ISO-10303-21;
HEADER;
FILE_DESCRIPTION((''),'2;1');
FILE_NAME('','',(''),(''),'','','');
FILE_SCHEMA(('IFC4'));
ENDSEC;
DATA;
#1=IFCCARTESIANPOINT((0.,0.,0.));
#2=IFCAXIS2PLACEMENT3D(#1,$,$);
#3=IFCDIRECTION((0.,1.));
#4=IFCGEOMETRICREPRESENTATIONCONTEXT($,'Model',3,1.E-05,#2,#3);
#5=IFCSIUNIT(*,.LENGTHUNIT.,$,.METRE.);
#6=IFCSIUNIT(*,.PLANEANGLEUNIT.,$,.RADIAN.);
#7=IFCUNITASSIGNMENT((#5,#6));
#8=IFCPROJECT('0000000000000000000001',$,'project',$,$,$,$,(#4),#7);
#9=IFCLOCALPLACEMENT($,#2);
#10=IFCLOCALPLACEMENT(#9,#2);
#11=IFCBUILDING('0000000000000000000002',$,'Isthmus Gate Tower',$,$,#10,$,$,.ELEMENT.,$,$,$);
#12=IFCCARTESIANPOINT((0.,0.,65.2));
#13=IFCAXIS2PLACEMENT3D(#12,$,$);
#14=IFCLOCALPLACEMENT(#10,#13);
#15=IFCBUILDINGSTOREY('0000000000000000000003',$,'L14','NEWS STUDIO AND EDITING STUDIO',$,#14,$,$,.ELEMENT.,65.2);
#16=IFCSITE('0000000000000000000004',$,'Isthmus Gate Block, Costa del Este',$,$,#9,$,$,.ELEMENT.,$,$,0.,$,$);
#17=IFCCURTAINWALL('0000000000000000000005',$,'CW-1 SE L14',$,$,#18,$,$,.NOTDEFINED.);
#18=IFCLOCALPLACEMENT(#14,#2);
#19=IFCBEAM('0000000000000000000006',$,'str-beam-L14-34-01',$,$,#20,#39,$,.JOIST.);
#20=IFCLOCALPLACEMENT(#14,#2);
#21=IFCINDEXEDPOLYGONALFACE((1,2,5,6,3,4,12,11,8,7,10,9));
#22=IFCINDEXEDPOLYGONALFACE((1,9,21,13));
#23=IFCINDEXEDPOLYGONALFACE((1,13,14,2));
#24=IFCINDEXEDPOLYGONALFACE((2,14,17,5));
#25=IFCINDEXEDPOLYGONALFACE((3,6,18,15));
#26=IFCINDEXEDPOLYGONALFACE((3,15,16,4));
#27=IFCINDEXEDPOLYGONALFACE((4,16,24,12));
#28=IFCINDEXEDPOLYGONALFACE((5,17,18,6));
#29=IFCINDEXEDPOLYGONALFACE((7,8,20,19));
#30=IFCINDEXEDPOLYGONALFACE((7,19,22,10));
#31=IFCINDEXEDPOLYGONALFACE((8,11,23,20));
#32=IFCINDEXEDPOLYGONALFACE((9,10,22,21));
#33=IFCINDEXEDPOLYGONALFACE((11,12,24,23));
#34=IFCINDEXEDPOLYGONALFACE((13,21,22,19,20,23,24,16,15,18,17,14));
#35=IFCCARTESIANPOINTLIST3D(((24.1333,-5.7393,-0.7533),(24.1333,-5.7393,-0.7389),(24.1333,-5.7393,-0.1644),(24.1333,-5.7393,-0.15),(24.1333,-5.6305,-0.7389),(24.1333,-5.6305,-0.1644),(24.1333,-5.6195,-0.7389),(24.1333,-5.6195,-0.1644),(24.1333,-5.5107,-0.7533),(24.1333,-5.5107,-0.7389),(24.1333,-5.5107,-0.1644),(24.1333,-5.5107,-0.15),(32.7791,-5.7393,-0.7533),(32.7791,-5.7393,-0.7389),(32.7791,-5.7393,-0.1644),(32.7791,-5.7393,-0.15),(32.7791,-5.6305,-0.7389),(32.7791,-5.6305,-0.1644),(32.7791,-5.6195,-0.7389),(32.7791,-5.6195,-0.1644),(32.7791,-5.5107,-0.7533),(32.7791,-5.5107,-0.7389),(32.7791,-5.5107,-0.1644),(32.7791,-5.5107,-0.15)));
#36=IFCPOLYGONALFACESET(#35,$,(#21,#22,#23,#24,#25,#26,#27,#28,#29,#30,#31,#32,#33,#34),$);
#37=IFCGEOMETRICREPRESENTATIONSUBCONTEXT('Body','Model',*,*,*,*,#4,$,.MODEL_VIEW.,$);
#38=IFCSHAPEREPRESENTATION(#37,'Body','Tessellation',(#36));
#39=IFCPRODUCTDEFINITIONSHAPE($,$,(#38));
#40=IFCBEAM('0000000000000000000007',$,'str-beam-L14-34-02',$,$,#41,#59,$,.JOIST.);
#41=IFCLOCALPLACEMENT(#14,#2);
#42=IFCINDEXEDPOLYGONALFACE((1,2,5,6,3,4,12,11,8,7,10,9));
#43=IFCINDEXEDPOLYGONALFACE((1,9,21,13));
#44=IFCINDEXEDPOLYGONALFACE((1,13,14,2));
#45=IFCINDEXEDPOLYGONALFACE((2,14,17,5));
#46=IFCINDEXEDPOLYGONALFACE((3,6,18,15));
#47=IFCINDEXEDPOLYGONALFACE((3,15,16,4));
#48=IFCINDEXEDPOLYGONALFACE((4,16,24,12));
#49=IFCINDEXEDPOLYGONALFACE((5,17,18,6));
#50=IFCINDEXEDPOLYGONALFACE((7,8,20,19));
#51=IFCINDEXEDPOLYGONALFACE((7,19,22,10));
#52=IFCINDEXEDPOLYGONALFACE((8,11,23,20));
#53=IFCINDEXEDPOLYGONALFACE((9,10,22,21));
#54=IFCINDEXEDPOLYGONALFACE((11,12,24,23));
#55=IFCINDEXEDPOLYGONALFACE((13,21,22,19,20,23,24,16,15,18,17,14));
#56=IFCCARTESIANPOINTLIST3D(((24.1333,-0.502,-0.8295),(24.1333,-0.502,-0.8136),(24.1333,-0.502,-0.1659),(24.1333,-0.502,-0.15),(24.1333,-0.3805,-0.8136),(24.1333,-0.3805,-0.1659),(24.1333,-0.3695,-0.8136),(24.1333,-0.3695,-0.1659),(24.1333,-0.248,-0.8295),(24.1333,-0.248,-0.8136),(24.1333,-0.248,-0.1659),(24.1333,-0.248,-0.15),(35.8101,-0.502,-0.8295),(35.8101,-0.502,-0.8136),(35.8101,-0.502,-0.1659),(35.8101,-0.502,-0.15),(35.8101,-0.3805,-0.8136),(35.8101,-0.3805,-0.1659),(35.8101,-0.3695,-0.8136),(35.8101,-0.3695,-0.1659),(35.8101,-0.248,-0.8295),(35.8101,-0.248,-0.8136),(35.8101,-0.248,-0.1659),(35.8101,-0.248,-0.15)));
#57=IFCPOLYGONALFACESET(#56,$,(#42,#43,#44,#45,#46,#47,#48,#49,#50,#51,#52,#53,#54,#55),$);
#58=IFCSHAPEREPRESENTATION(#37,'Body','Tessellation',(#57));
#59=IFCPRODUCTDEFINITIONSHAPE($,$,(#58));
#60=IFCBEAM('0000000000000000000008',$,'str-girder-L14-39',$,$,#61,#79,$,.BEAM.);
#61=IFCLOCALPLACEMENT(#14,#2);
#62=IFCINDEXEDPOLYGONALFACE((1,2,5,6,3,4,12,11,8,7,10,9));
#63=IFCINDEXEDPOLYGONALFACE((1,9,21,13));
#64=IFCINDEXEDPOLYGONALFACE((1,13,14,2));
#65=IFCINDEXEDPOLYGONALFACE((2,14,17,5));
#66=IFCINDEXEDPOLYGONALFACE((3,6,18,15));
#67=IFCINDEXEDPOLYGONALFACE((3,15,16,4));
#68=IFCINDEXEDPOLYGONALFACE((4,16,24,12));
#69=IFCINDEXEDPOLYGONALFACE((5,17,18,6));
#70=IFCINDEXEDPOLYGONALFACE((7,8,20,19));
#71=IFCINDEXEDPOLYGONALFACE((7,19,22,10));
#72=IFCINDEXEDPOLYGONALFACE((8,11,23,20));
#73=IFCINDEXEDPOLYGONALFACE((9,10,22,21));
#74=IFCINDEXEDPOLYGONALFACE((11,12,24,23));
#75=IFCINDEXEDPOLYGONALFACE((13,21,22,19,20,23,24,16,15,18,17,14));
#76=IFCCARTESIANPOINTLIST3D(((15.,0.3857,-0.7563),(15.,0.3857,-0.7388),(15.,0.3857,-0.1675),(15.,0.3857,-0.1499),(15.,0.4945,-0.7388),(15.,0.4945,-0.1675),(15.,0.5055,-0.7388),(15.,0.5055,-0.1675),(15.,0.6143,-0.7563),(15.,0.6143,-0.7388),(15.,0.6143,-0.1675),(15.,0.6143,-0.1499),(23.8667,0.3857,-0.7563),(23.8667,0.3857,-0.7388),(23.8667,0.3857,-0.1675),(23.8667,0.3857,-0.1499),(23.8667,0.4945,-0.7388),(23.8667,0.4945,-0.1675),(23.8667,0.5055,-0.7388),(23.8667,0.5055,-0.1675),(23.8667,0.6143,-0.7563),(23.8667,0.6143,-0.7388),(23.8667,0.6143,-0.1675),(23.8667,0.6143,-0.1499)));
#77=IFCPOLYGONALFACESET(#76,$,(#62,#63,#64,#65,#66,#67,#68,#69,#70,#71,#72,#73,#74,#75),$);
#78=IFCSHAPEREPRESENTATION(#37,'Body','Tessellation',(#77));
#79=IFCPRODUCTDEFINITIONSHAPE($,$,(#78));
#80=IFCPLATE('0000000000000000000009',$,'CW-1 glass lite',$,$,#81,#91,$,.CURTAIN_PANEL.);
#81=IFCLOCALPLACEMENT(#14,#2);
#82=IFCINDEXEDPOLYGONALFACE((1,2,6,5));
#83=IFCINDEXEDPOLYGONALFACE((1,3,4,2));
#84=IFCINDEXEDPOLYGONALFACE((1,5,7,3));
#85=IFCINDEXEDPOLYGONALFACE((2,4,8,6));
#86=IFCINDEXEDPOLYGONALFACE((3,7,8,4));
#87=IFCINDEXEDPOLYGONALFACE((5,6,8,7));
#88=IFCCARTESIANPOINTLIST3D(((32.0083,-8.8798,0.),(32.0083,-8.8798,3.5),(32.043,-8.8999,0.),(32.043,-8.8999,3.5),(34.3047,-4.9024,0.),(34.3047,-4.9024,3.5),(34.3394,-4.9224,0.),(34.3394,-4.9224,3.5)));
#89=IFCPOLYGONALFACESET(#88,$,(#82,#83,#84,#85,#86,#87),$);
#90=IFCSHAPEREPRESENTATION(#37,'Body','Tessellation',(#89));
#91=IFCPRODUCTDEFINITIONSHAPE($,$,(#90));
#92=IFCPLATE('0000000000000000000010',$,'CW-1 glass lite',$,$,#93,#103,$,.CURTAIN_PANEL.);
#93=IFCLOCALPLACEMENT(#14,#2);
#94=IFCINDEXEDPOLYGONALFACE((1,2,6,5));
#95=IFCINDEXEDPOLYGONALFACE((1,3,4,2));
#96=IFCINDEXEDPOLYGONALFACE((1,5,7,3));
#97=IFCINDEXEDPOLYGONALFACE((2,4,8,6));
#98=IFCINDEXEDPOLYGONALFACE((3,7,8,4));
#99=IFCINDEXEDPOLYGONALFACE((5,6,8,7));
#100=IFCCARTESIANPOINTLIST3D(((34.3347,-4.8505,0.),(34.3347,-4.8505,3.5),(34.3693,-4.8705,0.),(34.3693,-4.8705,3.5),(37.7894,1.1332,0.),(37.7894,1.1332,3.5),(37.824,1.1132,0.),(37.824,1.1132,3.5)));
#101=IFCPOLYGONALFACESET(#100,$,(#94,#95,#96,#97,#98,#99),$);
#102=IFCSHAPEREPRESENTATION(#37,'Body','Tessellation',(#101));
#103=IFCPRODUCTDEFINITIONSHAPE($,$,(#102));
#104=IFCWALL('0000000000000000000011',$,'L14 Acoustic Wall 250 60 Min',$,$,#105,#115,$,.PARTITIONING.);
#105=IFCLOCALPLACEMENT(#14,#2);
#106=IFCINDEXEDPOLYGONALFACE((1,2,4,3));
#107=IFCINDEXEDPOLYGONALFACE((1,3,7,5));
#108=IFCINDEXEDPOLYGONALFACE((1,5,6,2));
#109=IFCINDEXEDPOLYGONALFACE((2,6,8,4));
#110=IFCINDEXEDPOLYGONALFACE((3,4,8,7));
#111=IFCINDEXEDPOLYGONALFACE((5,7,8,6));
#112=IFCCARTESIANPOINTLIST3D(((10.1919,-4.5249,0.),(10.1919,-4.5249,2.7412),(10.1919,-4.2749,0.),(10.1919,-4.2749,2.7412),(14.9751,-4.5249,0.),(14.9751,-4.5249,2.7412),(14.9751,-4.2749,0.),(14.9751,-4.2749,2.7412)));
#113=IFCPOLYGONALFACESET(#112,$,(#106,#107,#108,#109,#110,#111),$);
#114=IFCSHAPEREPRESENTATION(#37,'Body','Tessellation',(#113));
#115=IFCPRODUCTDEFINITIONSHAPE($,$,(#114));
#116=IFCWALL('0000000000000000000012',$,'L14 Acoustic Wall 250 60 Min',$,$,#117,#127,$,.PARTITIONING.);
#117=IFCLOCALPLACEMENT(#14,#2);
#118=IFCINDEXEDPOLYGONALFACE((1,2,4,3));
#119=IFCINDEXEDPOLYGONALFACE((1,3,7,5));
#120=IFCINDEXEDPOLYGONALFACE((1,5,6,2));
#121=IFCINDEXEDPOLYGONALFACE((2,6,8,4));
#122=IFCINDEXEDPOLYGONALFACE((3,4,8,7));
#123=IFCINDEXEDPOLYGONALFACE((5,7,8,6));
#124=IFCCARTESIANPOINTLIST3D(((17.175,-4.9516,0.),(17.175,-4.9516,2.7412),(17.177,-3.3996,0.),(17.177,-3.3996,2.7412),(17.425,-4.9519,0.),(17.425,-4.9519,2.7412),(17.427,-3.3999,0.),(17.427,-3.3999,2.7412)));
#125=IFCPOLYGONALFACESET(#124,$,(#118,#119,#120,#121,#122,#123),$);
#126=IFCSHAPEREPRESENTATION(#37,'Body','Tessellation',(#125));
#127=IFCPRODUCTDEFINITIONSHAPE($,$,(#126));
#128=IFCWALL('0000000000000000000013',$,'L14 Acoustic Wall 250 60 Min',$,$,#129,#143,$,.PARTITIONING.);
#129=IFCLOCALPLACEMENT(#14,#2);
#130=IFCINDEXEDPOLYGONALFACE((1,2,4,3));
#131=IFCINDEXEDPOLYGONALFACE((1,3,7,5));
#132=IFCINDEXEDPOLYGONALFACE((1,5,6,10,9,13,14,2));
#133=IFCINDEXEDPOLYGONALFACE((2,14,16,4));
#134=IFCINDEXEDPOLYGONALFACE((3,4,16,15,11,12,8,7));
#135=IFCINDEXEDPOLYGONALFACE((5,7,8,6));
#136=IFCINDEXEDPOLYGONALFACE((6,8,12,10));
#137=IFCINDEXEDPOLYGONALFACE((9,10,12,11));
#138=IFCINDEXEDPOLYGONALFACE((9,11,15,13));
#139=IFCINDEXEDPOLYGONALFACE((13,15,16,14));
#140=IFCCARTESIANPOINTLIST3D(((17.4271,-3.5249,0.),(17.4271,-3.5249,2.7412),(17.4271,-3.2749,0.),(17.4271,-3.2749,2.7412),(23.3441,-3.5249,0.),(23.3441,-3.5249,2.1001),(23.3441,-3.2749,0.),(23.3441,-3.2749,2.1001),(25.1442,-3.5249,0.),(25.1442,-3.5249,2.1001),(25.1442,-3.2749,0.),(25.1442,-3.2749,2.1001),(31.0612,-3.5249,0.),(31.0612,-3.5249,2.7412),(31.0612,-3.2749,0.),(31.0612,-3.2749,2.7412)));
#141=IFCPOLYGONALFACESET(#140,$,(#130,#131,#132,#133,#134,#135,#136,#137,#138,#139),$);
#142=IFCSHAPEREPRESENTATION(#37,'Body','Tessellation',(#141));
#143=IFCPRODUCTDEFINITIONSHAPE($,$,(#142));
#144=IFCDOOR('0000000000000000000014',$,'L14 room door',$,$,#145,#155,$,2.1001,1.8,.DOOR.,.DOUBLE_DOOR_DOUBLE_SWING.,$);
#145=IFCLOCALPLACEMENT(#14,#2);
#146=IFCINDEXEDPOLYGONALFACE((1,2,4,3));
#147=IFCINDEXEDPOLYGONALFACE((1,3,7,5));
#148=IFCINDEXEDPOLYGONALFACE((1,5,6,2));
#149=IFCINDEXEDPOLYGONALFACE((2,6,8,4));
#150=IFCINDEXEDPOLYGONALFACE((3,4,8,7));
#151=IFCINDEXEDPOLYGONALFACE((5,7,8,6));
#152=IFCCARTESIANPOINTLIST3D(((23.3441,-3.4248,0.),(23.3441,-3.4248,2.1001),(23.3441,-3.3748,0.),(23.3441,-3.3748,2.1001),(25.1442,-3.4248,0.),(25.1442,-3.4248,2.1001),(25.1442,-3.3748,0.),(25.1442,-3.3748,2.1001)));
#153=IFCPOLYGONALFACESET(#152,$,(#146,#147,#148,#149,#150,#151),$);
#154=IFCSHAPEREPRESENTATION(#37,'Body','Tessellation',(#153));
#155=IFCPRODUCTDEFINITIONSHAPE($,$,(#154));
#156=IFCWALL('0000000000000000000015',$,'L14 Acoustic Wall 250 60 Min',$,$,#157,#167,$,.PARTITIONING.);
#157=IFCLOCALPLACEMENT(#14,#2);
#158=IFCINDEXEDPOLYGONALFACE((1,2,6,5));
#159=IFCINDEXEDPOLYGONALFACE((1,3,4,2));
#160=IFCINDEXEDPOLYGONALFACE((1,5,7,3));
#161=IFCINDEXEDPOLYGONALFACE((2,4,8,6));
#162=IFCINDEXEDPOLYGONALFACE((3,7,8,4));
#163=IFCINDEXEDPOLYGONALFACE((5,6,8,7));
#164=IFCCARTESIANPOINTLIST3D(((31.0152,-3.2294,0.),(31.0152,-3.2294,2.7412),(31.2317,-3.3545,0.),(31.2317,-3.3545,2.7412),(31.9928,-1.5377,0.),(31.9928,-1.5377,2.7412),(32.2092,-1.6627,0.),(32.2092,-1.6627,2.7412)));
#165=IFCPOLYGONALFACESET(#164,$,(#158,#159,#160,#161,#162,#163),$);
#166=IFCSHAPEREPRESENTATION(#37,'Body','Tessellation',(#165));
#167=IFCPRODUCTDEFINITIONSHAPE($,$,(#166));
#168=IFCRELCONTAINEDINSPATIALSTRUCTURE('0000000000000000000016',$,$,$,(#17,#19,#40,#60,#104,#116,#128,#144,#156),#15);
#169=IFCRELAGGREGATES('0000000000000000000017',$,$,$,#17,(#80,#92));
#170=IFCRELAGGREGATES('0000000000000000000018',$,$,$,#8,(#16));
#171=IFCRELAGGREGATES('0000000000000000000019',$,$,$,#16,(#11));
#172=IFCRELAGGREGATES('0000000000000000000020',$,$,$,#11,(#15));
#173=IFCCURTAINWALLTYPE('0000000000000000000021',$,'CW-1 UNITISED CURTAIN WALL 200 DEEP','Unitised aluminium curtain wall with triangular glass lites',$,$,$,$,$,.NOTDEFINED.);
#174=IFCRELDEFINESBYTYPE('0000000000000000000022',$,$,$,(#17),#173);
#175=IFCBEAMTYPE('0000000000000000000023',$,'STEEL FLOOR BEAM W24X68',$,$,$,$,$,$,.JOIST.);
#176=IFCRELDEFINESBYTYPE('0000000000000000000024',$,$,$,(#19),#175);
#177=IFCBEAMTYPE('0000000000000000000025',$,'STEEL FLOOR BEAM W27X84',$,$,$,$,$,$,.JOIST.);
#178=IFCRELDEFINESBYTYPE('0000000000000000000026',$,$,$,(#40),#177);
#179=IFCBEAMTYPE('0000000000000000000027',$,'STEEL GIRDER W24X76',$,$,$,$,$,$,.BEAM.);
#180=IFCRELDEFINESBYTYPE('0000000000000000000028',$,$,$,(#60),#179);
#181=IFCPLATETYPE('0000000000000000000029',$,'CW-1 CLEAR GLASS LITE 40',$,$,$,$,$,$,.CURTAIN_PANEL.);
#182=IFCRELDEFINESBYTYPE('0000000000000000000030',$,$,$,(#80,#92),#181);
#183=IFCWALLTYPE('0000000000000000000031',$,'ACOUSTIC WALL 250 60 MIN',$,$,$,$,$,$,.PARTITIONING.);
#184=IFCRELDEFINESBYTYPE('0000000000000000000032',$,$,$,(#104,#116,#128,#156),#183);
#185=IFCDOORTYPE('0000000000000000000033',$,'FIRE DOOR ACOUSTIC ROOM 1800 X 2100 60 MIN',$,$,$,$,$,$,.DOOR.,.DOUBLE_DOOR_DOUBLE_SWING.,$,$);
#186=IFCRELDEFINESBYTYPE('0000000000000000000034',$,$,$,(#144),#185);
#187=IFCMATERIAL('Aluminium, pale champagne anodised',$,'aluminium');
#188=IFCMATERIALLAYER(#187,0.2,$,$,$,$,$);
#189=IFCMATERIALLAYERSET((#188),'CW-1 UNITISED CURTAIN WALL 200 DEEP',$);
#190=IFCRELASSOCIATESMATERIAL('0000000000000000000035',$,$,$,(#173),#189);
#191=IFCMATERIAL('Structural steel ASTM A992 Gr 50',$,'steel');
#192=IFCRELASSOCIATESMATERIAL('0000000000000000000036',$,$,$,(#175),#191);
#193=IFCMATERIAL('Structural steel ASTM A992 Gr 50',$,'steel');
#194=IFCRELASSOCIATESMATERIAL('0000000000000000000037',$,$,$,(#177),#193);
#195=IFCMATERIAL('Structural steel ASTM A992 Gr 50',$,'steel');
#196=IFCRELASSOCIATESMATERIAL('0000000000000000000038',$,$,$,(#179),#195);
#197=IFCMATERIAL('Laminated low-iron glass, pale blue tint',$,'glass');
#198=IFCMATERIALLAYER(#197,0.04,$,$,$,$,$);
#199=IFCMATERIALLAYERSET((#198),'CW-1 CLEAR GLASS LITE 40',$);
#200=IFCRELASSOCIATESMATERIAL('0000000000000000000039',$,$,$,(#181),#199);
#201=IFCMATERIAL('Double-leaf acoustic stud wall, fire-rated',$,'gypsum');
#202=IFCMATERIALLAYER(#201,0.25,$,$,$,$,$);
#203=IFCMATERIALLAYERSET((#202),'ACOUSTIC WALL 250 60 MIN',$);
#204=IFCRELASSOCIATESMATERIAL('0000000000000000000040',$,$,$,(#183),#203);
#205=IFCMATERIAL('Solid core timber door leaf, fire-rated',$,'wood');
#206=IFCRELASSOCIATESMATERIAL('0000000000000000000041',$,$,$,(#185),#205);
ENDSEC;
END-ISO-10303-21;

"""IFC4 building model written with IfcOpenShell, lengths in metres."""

from ifc_helpers import new_model, si_unit, direction, frame, frame_2d, origin, origin_2d, place, context, subcontext, project, spatial, rectangle, i_section, extrude, material, layer, layer_set, material_profile, profile_set, type_object, element, fill, aggregate, save


model = new_model("IFC4")

# Units and contexts
model_context = context("Model", 3, precision=1e-05, world=origin(), true_north=direction((0.0, 1.0)))
body_context = subcontext(model_context, "Body", "Model", "MODEL_VIEW")
ifc_project = project(units=[si_unit("LENGTHUNIT", "METRE"), si_unit("PLANEANGLEUNIT", "RADIAN")], contexts=[model_context])

# Site, building, storey
site_placement = place(None, origin())
site = spatial("IfcSite", under=ifc_project, at=site_placement, Name="Isthmus Gate Block, Costa del Este", CompositionType="ELEMENT", RefElevation=0.0)
building_placement = place(site_placement, origin())
building = spatial("IfcBuilding", under=site, at=building_placement, Name="Isthmus Gate Tower", CompositionType="ELEMENT")
storey_placement = place(building_placement, frame((0.0, 0.0, 65.2)))
storey = spatial("IfcBuildingStorey", under=building, at=storey_placement, Name="L14", Description="NEWS STUDIO AND EDITING STUDIO", CompositionType="ELEMENT", Elevation=65.2)

# Curtain wall
ifc_material_1 = material(Name="Aluminium, pale champagne anodised", Category="aluminium")
ifc_layer_1 = layer(ifc_material_1, 0.2)
ifc_layer_set_1 = layer_set([ifc_layer_1], Name="CW-1 UNITISED CURTAIN WALL 200 DEEP")
curtain_wall_type = type_object("IfcCurtainWallType", Name="CW-1 UNITISED CURTAIN WALL 200 DEEP", Description="Unitised aluminium curtain wall with triangular glass lites", PredefinedType="NOTDEFINED", material=ifc_layer_set_1)
curtain_wall_1_placement = place(storey_placement, origin())
curtain_wall_1 = element("IfcCurtainWall", 1, at=curtain_wall_1_placement, inside=storey, type_object=curtain_wall_type, Name="CW-1 SE L14", PredefinedType="NOTDEFINED")

# Beams
ifc_material_2 = material(Name="Structural steel ASTM A992 Gr 50", Category="steel")
ifc_material_profile_1 = material_profile(ifc_material_2, i_section(OverallWidth=0.2285, OverallDepth=0.6033, WebThickness=0.011, FlangeThickness=0.0144, at=origin_2d()), Name="W24X68")
ifc_profile_set_1 = profile_set([ifc_material_profile_1], Name="Structural steel ASTM A992 Gr 50")
beam_type_1 = type_object("IfcBeamType", Name="STEEL FLOOR BEAM W24X68", PredefinedType="JOIST", material=ifc_profile_set_1)
beam_1_placement = place(storey_placement, frame((24.1333, -5.625, -0.4517), z_axis=(1.0, 0.0, 0.0), x_axis=(0.0, 1.0, 0.0)))
element("IfcBeam", 2, at=beam_1_placement, inside=storey, type_object=beam_type_1, Name="str-beam-L14-34-01", PredefinedType="JOIST", context=body_context, shape_type="SweptSolid", body=[
    extrude(i_section(OverallWidth=0.2285, OverallDepth=0.6033, WebThickness=0.011, FlangeThickness=0.0144, at=origin_2d()), origin(), (0.0, 0.0, 1.0), 8.6458),
])
ifc_material_3 = material(Name="Structural steel ASTM A992 Gr 50", Category="steel")
ifc_material_profile_2 = material_profile(ifc_material_3, i_section(OverallWidth=0.2539, OverallDepth=0.6794, WebThickness=0.011, FlangeThickness=0.0159, at=origin_2d()), Name="W27X84")
ifc_profile_set_2 = profile_set([ifc_material_profile_2], Name="Structural steel ASTM A992 Gr 50")
beam_type_2 = type_object("IfcBeamType", Name="STEEL FLOOR BEAM W27X84", PredefinedType="JOIST", material=ifc_profile_set_2)
beam_2_placement = place(storey_placement, frame((24.1333, -0.375, -0.4897), z_axis=(1.0, 0.0, 0.0), x_axis=(0.0, 1.0, 0.0)))
element("IfcBeam", 3, at=beam_2_placement, inside=storey, type_object=beam_type_2, Name="str-beam-L14-34-02", PredefinedType="JOIST", context=body_context, shape_type="SweptSolid", body=[
    extrude(i_section(OverallWidth=0.2539, OverallDepth=0.6794, WebThickness=0.011, FlangeThickness=0.0159, at=origin_2d()), origin(), (0.0, 0.0, 1.0), 11.6768),
])
ifc_material_4 = material(Name="Structural steel ASTM A992 Gr 50", Category="steel")
ifc_material_profile_3 = material_profile(ifc_material_4, i_section(OverallWidth=0.2285, OverallDepth=0.6064, WebThickness=0.011, FlangeThickness=0.0176, at=origin_2d()), Name="W24X76")
ifc_profile_set_3 = profile_set([ifc_material_profile_3], Name="Structural steel ASTM A992 Gr 50")
beam_type_3 = type_object("IfcBeamType", Name="STEEL GIRDER W24X76", PredefinedType="BEAM", material=ifc_profile_set_3)
beam_3_placement = place(storey_placement, frame((15.0, 0.5, -0.4531), z_axis=(1.0, 0.0, 0.0), x_axis=(0.0, 1.0, 0.0)))
element("IfcBeam", 4, at=beam_3_placement, inside=storey, type_object=beam_type_3, Name="str-girder-L14-39", PredefinedType="BEAM", context=body_context, shape_type="SweptSolid", body=[
    extrude(i_section(OverallWidth=0.2285, OverallDepth=0.6064, WebThickness=0.011, FlangeThickness=0.0176, at=origin_2d()), origin(), (0.0, 0.0, 1.0), 8.8667),
])

# Plates
ifc_material_5 = material(Name="Laminated low-iron glass, pale blue tint", Category="glass")
ifc_layer_2 = layer(ifc_material_5, 0.04)
ifc_layer_set_2 = layer_set([ifc_layer_2], Name="CW-1 CLEAR GLASS LITE 40")
plate_type = type_object("IfcPlateType", Name="CW-1 CLEAR GLASS LITE 40", PredefinedType="CURTAIN_PANEL", material=ifc_layer_set_2)
plate_1_placement = place(storey_placement, frame((33.1738, -6.9011, 0.0), z_axis=(0.0, 0.0, 1.0), x_axis=(0.5, 0.866025, 0.0)))
plate_1 = element("IfcPlate", 5, at=plate_1_placement, type_object=plate_type, Name="CW-1 glass lite", PredefinedType="CURTAIN_PANEL", context=body_context, shape_type="SweptSolid", body=[
    extrude(rectangle(XDim=4.5928, YDim=0.04, at=origin_2d()), origin(), (0.0, 0.0, 1.0), 3.5),
])
plate_2_placement = place(storey_placement, frame((36.0793, -1.8687, 0.0), z_axis=(0.0, 0.0, 1.0), x_axis=(0.5, 0.866025, 0.0)))
plate_2 = element("IfcPlate", 6, at=plate_2_placement, type_object=plate_type, Name="CW-1 glass lite", PredefinedType="CURTAIN_PANEL", context=body_context, shape_type="SweptSolid", body=[
    extrude(rectangle(XDim=6.9094, YDim=0.04, at=origin_2d()), origin(), (0.0, 0.0, 1.0), 3.5),
])
aggregate(curtain_wall_1, [plate_1, plate_2])

# Walls
ifc_material_6 = material(Name="Double-leaf acoustic stud wall, fire-rated", Category="gypsum")
ifc_layer_3 = layer(ifc_material_6, 0.25)
ifc_layer_set_3 = layer_set([ifc_layer_3], Name="ACOUSTIC WALL 250 60 MIN")
wall_type_1 = type_object("IfcWallType", Name="ACOUSTIC WALL 250 60 MIN", PredefinedType="PARTITIONING", material=ifc_layer_set_3)
wall_1_placement = place(storey_placement, frame((14.9751, -4.3999, 0.0), z_axis=(0.0, 0.0, 1.0), x_axis=(-1.0, 0.0, 0.0)))
element("IfcWall", 7, at=wall_1_placement, inside=storey, type_object=wall_type_1, Name="L14 Acoustic Wall 250 60 Min", PredefinedType="PARTITIONING", context=body_context, shape_type="SweptSolid", body=[
    extrude(rectangle(XDim=4.7832, YDim=0.25, at=frame_2d((2.3916, 0.0))), origin(), (0.0, 0.0, 1.0), 2.7412),
])
wall_2_placement = place(storey_placement, frame((17.302, -3.3999, 0.0), z_axis=(0.0, 0.0, 1.0), x_axis=(-0.001258, -0.999999, 0.0)))
element("IfcWall", 8, at=wall_2_placement, inside=storey, type_object=wall_type_1, Name="L14 Acoustic Wall 250 60 Min", PredefinedType="PARTITIONING", context=body_context, shape_type="SweptSolid", body=[
    extrude(rectangle(XDim=1.552, YDim=0.25, at=frame_2d((0.7759, 0.0))), origin(), (0.0, 0.0, 1.0), 2.7412),
])

# Wall, opening, door
wall_3_placement = place(storey_placement, frame((31.061, -3.3999, 0.0), z_axis=(0.0, 0.0, 1.0), x_axis=(-1.0, 0.0, 0.0)))
wall_3 = element("IfcWall", 9, at=wall_3_placement, inside=storey, type_object=wall_type_1, Name="L14 Acoustic Wall 250 60 Min", PredefinedType="PARTITIONING", context=body_context, shape_type="SweptSolid", body=[
    extrude(rectangle(XDim=13.634, YDim=0.25, at=frame_2d((6.8169, 0.0))), origin(), (0.0, 0.0, 1.0), 2.7412),
])
opening_1_placement = place(wall_3_placement, frame((5.917, 0.0, 0.0)))
opening_1 = element("IfcOpeningElement", 10, at=opening_1_placement, cuts=wall_3, PredefinedType="OPENING", context=body_context, shape_type="SweptSolid", body=[
    extrude(rectangle(XDim=1.8, YDim=2.1001, at=frame_2d((0.8999, 1.05))), frame((0.0, 0.135, 0.0), z_axis=(0.0, -1.0, 0.0), x_axis=(1.0, 0.0, 0.0)), (0.0, 0.0, 1.0), 0.27),
])
ifc_material_7 = material(Name="Solid core timber door leaf, fire-rated", Category="wood")
door_type_1 = type_object("IfcDoorType", Name="FIRE DOOR ACOUSTIC ROOM 1800 X 2100 60 MIN", OperationType="DOUBLE_DOOR_DOUBLE_SWING", PredefinedType="DOOR", material=ifc_material_7)
door_1_placement = place(opening_1_placement, origin())
door_1 = element("IfcDoor", 11, at=door_1_placement, inside=storey, type_object=door_type_1, Name="L14 room door", OperationType="DOUBLE_DOOR_DOUBLE_SWING", OverallHeight=2.1001, OverallWidth=1.8, PredefinedType="DOOR", context=body_context, shape_type="SweptSolid", body=[
    extrude(rectangle(XDim=1.8, YDim=2.1001, at=frame_2d((0.8999, 1.05))), frame((0.0, 0.0249, 0.0), z_axis=(0.0, -1.0, 0.0), x_axis=(1.0, 0.0, 0.0)), (0.0, 0.0, 1.0), 0.05),
])
fill(opening_1, door_1)

# Wall
wall_4_placement = place(storey_placement, frame((32.1011, -1.6001, 0.0), z_axis=(0.0, 0.0, 1.0), x_axis=(-0.500332, -0.865834, 0.0)))
element("IfcWall", 12, at=wall_4_placement, inside=storey, type_object=wall_type_1, Name="L14 Acoustic Wall 250 60 Min", PredefinedType="PARTITIONING", context=body_context, shape_type="SweptSolid", body=[
    extrude(rectangle(XDim=1.9539, YDim=0.25, at=frame_2d((0.9771, 0.0))), origin(), (0.0, 0.0, 1.0), 2.7412),
])

save(model, "model.ifc")
